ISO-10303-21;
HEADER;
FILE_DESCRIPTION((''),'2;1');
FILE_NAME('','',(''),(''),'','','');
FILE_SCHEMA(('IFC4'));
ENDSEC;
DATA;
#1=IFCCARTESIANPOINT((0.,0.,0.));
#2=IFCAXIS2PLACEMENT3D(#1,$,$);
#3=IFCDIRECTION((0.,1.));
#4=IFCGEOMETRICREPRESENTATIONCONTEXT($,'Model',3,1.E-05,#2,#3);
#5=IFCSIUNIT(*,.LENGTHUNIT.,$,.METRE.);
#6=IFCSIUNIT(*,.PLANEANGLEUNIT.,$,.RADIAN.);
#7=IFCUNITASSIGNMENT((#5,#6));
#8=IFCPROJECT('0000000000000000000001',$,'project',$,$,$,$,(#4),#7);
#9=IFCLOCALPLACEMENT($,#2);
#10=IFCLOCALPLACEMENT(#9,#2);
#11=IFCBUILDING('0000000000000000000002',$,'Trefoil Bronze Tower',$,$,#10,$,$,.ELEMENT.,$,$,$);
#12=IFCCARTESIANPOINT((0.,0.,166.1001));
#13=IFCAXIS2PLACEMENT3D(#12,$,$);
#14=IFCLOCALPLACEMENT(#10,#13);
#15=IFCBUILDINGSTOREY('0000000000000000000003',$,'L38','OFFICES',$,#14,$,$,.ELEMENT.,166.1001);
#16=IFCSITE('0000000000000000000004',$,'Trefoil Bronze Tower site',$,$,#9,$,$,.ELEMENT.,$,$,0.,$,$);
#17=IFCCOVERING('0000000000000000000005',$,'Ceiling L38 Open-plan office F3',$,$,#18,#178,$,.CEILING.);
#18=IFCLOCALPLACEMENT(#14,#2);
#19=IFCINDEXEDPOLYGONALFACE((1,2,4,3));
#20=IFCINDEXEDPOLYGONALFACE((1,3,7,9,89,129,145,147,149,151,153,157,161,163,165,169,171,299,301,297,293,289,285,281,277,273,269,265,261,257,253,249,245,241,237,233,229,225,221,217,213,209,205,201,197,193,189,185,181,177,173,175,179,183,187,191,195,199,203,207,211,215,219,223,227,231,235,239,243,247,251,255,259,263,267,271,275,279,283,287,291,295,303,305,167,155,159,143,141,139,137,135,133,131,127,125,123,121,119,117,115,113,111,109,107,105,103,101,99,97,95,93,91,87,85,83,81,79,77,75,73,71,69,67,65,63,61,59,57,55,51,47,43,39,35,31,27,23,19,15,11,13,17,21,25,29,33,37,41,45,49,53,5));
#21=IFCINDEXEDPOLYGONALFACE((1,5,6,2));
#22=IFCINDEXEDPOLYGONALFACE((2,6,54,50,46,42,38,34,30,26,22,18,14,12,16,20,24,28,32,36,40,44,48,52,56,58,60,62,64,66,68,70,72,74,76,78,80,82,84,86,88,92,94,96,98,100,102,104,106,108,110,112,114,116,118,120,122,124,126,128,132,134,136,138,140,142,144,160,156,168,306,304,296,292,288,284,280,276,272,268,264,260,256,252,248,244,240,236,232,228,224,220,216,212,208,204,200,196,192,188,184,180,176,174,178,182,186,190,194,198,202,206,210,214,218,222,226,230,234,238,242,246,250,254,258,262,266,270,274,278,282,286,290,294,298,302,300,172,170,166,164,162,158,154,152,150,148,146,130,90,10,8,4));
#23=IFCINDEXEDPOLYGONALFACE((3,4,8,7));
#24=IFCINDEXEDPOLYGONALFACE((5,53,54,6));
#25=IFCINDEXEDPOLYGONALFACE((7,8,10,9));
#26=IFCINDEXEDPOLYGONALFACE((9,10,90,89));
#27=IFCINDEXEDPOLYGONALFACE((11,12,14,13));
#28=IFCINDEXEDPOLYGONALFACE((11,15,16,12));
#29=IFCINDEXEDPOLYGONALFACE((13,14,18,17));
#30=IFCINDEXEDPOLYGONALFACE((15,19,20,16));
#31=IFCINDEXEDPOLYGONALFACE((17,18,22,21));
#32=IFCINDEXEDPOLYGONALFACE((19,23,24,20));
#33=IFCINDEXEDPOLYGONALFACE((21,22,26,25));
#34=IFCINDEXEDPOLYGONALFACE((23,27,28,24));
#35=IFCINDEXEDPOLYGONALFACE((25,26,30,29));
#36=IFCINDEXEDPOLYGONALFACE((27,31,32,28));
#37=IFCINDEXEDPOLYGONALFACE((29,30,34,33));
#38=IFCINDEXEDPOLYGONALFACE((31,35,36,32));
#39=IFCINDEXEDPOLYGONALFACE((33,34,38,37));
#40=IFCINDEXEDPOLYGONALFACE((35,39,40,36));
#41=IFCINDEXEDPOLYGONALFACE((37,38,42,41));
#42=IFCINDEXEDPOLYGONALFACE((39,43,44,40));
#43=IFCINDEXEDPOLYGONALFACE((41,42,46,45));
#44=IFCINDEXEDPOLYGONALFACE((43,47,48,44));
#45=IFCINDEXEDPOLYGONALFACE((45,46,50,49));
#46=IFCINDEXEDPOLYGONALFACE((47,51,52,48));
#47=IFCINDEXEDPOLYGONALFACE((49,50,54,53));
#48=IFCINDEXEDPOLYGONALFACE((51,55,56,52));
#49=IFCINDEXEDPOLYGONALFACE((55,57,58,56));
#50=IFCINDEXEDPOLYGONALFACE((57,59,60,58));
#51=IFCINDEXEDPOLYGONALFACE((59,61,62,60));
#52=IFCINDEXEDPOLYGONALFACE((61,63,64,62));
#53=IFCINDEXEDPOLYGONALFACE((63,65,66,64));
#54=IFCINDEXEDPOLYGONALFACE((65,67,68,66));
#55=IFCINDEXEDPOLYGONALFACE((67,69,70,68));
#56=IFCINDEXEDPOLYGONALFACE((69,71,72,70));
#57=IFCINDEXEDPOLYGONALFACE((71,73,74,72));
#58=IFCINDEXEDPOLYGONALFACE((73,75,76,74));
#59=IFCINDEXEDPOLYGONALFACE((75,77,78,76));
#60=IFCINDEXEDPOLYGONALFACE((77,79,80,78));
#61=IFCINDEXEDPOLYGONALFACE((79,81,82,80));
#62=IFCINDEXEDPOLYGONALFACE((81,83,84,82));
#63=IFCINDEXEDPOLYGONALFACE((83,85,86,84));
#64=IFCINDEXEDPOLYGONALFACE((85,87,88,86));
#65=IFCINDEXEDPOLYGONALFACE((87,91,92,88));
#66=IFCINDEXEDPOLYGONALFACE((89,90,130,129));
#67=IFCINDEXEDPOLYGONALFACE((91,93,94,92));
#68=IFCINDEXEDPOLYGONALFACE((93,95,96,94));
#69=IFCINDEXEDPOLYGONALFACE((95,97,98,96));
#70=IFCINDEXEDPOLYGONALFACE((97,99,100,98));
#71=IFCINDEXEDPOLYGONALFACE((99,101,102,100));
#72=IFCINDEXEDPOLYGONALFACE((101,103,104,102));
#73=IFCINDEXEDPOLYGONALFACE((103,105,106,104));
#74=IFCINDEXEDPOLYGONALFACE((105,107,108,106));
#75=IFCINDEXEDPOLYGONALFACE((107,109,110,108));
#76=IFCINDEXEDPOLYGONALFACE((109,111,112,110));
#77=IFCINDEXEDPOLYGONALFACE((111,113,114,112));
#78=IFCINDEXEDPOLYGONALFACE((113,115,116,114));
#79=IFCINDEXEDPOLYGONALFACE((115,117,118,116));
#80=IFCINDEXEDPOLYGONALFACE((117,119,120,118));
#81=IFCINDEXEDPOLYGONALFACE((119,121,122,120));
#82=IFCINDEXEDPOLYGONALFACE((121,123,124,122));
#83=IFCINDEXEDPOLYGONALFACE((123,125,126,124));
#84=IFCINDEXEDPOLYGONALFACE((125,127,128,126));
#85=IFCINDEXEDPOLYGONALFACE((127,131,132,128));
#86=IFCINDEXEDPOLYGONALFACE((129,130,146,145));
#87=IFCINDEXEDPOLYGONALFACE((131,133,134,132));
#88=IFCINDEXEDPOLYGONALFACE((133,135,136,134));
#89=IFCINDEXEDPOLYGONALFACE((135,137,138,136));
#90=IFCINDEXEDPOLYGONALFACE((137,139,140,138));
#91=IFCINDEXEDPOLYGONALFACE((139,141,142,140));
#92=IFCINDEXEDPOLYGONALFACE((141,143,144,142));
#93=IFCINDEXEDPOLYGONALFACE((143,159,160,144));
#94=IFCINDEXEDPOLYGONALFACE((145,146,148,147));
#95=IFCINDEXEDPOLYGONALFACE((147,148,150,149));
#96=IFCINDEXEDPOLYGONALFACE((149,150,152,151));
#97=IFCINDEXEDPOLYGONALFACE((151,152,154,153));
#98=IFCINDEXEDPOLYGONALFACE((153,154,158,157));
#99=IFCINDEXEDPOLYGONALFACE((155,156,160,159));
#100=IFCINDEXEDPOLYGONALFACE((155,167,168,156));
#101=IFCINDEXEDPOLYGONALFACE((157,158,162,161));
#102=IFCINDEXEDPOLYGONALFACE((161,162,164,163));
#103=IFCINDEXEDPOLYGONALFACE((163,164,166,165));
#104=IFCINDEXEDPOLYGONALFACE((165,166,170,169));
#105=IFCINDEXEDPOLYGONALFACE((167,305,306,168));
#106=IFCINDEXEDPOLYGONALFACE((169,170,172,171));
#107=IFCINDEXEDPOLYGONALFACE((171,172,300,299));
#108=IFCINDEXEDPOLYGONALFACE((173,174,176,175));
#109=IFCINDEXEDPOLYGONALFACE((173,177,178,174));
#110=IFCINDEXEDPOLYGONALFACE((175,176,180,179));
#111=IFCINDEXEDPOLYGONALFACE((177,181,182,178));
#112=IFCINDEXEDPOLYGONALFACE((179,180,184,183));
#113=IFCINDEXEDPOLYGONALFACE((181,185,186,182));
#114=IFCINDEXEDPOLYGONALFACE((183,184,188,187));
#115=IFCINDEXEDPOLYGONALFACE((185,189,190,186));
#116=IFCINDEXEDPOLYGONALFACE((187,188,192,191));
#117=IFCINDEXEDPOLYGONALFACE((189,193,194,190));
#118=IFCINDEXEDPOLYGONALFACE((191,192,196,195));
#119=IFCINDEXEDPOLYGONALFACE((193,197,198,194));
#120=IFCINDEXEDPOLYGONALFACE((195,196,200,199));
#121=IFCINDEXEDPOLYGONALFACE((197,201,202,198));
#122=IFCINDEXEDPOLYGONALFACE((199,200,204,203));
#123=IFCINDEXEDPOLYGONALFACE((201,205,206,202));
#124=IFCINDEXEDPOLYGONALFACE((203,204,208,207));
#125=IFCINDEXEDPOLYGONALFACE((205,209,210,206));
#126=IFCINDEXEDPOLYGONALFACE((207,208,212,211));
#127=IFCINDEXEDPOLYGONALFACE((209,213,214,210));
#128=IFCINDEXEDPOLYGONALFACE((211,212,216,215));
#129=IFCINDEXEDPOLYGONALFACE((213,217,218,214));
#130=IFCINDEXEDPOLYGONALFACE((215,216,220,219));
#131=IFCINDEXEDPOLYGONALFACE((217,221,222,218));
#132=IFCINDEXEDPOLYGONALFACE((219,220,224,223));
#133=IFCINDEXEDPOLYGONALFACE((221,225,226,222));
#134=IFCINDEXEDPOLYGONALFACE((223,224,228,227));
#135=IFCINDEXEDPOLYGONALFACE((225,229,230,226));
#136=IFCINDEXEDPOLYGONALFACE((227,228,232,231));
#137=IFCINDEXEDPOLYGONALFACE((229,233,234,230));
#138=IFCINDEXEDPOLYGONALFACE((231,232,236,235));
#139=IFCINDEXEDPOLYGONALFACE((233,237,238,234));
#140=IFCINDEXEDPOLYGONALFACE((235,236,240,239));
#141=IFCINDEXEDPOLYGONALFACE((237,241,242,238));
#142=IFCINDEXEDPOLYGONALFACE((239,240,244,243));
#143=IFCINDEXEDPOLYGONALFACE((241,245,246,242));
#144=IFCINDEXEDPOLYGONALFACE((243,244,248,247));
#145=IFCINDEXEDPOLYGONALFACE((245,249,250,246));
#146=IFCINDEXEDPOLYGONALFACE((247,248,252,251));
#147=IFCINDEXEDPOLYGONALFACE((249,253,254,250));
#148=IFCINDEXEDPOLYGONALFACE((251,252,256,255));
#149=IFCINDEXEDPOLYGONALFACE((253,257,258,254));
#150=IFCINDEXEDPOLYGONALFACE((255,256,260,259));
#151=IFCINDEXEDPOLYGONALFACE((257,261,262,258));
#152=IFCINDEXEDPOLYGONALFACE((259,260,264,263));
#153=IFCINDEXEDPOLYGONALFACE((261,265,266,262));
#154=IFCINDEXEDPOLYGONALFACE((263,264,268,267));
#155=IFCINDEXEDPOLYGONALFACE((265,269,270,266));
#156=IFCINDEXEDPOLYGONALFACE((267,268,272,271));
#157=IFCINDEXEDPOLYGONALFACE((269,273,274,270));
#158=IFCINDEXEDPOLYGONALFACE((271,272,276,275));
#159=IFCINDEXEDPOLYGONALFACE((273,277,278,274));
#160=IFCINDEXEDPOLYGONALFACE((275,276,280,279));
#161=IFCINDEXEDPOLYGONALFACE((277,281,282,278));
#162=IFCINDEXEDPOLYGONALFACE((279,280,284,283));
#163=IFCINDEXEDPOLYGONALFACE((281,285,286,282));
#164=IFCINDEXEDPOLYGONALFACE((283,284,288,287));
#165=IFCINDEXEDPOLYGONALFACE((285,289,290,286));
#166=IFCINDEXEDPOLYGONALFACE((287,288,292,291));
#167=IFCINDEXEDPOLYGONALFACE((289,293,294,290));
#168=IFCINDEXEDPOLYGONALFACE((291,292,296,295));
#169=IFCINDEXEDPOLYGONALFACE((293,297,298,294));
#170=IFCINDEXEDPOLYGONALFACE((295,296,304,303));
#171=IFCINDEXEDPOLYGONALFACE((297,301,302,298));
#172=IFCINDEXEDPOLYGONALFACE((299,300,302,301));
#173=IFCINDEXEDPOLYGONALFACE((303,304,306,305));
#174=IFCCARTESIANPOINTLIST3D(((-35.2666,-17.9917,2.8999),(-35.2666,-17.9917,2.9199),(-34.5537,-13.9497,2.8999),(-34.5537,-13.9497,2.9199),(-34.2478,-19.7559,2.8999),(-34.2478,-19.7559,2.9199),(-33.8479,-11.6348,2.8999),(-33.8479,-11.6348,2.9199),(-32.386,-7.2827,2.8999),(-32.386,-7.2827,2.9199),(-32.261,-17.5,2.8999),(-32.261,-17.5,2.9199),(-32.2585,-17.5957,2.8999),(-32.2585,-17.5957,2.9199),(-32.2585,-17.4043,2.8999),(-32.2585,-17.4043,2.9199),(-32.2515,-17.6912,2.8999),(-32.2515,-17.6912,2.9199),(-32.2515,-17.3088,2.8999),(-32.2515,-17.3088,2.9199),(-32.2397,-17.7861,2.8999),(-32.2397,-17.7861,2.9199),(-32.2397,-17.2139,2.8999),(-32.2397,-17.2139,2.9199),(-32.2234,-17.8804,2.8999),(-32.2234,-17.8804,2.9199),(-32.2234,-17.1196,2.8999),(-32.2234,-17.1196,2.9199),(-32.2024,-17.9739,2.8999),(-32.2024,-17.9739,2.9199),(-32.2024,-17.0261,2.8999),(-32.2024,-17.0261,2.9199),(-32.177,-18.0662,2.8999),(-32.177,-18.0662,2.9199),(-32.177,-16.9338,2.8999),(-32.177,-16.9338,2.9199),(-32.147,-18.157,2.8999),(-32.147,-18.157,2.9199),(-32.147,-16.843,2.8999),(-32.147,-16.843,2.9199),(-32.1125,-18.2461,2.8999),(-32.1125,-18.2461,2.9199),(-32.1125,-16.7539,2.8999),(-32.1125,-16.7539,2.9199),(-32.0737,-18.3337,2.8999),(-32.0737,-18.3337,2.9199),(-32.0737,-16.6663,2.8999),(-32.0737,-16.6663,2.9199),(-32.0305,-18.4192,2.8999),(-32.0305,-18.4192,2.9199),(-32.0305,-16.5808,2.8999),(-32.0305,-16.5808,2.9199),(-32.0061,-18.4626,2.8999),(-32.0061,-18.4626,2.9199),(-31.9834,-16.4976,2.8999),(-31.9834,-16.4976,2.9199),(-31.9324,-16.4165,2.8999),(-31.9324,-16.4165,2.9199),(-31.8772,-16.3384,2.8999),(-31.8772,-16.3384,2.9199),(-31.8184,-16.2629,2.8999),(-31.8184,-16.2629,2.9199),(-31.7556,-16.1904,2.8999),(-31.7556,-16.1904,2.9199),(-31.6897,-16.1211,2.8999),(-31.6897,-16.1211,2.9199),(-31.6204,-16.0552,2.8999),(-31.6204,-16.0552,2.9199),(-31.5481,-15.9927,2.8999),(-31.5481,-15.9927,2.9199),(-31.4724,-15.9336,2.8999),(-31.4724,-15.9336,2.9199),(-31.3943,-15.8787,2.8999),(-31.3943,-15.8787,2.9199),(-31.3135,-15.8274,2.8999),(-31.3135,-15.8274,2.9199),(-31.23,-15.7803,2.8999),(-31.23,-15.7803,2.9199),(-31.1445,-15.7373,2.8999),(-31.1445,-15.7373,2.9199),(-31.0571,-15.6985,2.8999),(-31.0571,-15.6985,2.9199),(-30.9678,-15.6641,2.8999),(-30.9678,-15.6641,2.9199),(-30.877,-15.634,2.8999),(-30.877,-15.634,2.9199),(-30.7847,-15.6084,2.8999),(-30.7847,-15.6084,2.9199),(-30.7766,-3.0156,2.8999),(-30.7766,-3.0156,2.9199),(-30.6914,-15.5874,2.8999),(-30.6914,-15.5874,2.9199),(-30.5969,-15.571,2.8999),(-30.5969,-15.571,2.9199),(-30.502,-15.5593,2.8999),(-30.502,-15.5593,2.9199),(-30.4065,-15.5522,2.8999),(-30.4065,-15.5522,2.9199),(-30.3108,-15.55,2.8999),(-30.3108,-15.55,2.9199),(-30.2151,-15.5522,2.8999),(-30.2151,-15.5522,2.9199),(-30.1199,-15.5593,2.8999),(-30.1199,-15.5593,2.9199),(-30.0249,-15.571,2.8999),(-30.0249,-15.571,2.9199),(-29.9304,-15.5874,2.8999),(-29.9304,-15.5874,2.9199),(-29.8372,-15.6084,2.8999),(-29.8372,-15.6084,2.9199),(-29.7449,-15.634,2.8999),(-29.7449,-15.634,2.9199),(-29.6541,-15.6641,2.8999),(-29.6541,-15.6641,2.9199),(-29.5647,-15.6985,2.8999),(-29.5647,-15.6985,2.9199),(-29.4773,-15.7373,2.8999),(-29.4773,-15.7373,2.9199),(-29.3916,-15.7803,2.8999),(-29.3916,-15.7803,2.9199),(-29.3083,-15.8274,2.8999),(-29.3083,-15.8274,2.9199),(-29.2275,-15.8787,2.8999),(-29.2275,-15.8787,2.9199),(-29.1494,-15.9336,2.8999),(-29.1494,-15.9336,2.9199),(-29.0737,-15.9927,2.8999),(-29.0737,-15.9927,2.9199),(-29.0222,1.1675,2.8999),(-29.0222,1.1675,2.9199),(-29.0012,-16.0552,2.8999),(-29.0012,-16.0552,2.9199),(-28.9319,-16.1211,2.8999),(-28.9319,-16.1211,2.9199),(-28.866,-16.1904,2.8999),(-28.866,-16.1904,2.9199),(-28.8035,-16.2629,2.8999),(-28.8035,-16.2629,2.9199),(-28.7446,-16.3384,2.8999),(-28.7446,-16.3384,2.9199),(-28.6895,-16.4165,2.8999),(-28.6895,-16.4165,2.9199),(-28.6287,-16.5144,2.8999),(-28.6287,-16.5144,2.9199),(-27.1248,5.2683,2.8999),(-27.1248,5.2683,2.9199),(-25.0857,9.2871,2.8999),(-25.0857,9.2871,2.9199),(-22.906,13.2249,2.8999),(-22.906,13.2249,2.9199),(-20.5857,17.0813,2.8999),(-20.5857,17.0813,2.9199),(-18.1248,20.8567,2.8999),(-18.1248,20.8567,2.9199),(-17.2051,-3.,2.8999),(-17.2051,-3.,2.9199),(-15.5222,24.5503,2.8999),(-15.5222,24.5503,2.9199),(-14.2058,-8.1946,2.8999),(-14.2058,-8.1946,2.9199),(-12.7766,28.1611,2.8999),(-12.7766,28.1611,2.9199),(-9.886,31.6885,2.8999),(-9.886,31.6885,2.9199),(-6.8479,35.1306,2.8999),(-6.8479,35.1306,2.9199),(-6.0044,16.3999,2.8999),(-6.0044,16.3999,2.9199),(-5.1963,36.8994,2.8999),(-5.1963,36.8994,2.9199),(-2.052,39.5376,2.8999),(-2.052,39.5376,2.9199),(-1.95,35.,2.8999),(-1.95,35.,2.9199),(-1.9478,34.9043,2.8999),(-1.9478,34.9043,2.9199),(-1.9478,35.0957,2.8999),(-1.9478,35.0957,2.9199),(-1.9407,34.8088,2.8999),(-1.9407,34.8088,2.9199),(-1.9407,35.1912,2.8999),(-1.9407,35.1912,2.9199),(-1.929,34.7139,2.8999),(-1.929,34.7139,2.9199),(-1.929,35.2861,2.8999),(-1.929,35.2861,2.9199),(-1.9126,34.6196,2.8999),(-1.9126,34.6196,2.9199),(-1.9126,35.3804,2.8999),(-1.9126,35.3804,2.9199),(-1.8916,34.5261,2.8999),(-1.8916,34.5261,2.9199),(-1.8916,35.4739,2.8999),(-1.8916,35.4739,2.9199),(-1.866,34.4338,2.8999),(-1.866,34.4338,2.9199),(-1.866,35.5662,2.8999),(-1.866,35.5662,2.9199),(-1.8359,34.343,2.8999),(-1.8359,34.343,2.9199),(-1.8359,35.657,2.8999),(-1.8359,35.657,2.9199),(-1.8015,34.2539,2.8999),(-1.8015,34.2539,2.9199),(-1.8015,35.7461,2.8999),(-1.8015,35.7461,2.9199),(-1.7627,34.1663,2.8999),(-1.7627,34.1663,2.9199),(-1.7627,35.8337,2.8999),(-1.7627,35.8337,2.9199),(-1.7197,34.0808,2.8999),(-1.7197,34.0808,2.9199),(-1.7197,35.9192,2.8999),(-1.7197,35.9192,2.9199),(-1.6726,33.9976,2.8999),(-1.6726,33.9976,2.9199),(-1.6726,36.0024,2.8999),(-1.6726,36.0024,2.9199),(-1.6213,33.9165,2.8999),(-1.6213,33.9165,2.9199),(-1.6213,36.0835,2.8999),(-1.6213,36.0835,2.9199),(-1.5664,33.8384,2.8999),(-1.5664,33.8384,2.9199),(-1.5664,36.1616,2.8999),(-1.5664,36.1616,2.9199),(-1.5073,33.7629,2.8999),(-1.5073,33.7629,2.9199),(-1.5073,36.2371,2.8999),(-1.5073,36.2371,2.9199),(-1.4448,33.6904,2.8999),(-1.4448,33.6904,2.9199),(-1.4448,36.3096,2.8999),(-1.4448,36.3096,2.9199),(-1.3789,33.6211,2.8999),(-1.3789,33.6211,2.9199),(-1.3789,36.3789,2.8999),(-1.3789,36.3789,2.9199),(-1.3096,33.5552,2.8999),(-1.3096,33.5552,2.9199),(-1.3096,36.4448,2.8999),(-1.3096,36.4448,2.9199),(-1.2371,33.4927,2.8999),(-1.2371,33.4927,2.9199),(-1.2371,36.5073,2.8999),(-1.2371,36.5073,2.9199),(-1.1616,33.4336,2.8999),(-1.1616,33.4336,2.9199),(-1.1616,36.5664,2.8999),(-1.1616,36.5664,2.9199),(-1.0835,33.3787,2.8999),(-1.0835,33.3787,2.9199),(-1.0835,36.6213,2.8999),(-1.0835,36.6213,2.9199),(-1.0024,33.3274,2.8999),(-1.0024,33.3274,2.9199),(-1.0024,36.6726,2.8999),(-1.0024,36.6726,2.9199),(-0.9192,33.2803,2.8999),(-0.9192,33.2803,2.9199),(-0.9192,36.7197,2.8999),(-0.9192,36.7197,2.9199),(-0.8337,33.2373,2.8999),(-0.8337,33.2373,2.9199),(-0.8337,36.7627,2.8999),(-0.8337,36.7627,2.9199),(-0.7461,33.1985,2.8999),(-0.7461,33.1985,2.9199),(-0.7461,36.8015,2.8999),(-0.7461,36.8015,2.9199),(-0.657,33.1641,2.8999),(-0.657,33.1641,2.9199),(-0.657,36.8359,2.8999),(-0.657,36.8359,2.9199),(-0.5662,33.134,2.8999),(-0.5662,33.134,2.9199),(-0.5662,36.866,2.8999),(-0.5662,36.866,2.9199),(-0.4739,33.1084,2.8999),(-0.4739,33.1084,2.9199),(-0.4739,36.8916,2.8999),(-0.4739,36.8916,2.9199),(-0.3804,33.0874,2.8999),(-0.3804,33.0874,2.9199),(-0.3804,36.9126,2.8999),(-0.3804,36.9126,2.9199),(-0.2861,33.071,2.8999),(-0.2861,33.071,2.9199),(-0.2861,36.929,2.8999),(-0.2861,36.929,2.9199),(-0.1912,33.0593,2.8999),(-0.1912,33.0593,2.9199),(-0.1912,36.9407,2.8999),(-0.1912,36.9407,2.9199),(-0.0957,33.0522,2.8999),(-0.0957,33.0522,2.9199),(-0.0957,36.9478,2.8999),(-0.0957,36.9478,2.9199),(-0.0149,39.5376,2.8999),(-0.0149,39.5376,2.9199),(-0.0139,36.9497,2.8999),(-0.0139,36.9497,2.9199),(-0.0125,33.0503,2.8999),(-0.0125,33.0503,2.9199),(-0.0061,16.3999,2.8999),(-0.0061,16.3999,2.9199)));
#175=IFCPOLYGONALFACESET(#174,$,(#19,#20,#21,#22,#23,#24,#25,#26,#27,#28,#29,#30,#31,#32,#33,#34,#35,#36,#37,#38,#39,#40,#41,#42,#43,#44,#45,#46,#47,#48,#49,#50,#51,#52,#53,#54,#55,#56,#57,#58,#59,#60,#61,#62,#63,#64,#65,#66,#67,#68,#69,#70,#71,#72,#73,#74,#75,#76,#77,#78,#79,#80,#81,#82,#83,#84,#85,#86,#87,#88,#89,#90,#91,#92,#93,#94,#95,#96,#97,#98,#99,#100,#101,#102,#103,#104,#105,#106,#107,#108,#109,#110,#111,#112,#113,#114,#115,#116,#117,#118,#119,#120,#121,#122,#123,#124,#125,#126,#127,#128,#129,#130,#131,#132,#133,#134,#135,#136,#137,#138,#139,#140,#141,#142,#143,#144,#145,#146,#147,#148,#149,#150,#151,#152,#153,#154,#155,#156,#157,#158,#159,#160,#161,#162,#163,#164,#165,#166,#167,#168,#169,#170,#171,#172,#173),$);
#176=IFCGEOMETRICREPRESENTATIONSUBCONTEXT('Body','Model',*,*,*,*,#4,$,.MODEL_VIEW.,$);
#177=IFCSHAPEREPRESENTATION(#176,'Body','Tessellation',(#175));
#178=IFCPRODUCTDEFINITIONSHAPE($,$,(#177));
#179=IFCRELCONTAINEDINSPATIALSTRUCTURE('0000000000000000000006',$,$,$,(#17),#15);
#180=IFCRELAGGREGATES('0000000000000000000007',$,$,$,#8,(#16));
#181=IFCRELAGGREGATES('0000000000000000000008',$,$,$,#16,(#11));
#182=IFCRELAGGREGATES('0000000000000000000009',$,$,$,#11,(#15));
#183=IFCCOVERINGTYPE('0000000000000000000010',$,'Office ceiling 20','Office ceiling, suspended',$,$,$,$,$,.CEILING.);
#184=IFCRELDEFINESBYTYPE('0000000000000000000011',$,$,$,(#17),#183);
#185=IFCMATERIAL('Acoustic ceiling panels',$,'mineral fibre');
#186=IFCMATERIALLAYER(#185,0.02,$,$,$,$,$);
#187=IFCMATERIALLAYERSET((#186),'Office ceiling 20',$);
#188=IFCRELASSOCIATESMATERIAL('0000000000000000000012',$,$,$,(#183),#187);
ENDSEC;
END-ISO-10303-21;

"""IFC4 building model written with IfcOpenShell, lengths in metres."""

from ifc_helpers import new_model, si_unit, direction, frame, origin, place, context, subcontext, project, spatial, polyline, outline, extrude, material, layer, layer_set, type_object, element, save


model = new_model("IFC4")

# Units and contexts
model_context = context("Model", 3, precision=1e-05, world=origin(), true_north=direction((0.0, 1.0)))
body_context = subcontext(model_context, "Body", "Model", "MODEL_VIEW")
ifc_project = project(units=[si_unit("LENGTHUNIT", "METRE"), si_unit("PLANEANGLEUNIT", "RADIAN")], contexts=[model_context])

# Site, building, storey
site_placement = place(None, origin())
site = spatial("IfcSite", under=ifc_project, at=site_placement, Name="Trefoil Bronze Tower site", CompositionType="ELEMENT", RefElevation=0.0)
building_placement = place(site_placement, origin())
building = spatial("IfcBuilding", under=site, at=building_placement, Name="Trefoil Bronze Tower", CompositionType="ELEMENT")
storey_placement = place(building_placement, frame((0.0, 0.0, 166.1001)))
storey = spatial("IfcBuildingStorey", under=building, at=storey_placement, Name="L38", Description="OFFICES", CompositionType="ELEMENT", Elevation=166.1001)

# Covering
ifc_material_1 = material(Name="Acoustic ceiling panels", Category="mineral fibre")
ifc_layer_1 = layer(ifc_material_1, 0.02)
ifc_layer_set_1 = layer_set([ifc_layer_1], Name="Office ceiling 20")
covering_type_1 = type_object("IfcCoveringType", Name="Office ceiling 20", Description="Office ceiling, suspended", PredefinedType="CEILING", material=ifc_layer_set_1)
covering_1_placement = place(storey_placement, frame((0.0, 0.0, 2.8999)))
element("IfcCovering", 1, at=covering_1_placement, inside=storey, type_object=covering_type_1, Name="Ceiling L38 Open-plan office F3", PredefinedType="CEILING", context=body_context, shape_type="SweptSolid", body=[
    extrude(outline(polyline([(-33.8479, -11.6348), (-32.386, -7.2827), (-30.7766, -3.0156), (-29.0222, 1.1675), (-27.1248, 5.2683), (-25.0857, 9.2871), (-22.906, 13.2249), (-20.5857, 17.0813), (-18.1248, 20.8567), (-15.5222, 24.5503), (-12.7766, 28.1611), (-9.886, 31.6885), (-6.8479, 35.1306), (-5.1963, 36.8994), (-2.052, 39.5376), (-0.0149, 39.5376), (-0.0139, 36.9497), (-0.0957, 36.9478), (-0.1912, 36.9407), (-0.2861, 36.929), (-0.3804, 36.9126), (-0.4739, 36.8916), (-0.5662, 36.866), (-0.657, 36.8359), (-0.7461, 36.8015), (-0.8337, 36.7627), (-0.9192, 36.7197), (-1.0024, 36.6726), (-1.0835, 36.6213), (-1.1616, 36.5664), (-1.2371, 36.5073), (-1.3096, 36.4448), (-1.3789, 36.3789), (-1.4448, 36.3096), (-1.5073, 36.2371), (-1.5664, 36.1616), (-1.6213, 36.0835), (-1.6726, 36.0024), (-1.7197, 35.9192), (-1.7627, 35.8337), (-1.8015, 35.7461), (-1.8359, 35.657), (-1.866, 35.5662), (-1.8916, 35.4739), (-1.9126, 35.3804), (-1.929, 35.2861), (-1.9407, 35.1912), (-1.9478, 35.0957), (-1.95, 35.0), (-1.9478, 34.9043), (-1.9407, 34.8088), (-1.929, 34.7139), (-1.9126, 34.6196), (-1.8916, 34.5261), (-1.866, 34.4338), (-1.8359, 34.343), (-1.8015, 34.2539), (-1.7627, 34.1663), (-1.7197, 34.0808), (-1.6726, 33.9976), (-1.6213, 33.9165), (-1.5664, 33.8384), (-1.5073, 33.7629), (-1.4448, 33.6904), (-1.3789, 33.6211), (-1.3096, 33.5552), (-1.2371, 33.4927), (-1.1616, 33.4336), (-1.0835, 33.3787), (-1.0024, 33.3274), (-0.9192, 33.2803), (-0.8337, 33.2373), (-0.7461, 33.1985), (-0.657, 33.1641), (-0.5662, 33.134), (-0.4739, 33.1084), (-0.3804, 33.0874), (-0.2861, 33.071), (-0.1912, 33.0593), (-0.0957, 33.0522), (-0.0125, 33.0503), (-0.0061, 16.3999), (-6.0044, 16.3999), (-17.2051, -3.0), (-14.2058, -8.1946), (-28.6287, -16.5144), (-28.6895, -16.4165), (-28.7446, -16.3384), (-28.8035, -16.2629), (-28.866, -16.1904), (-28.9319, -16.1211), (-29.0012, -16.0552), (-29.0737, -15.9927), (-29.1494, -15.9336), (-29.2275, -15.8787), (-29.3083, -15.8274), (-29.3916, -15.7803), (-29.4773, -15.7373), (-29.5647, -15.6985), (-29.6541, -15.6641), (-29.7449, -15.634), (-29.8372, -15.6084), (-29.9304, -15.5874), (-30.0249, -15.571), (-30.1199, -15.5593), (-30.2151, -15.5522), (-30.3108, -15.55), (-30.4065, -15.5522), (-30.502, -15.5593), (-30.5969, -15.571), (-30.6914, -15.5874), (-30.7847, -15.6084), (-30.877, -15.634), (-30.9678, -15.6641), (-31.0571, -15.6985), (-31.1445, -15.7373), (-31.23, -15.7803), (-31.3135, -15.8274), (-31.3943, -15.8787), (-31.4724, -15.9336), (-31.5481, -15.9927), (-31.6204, -16.0552), (-31.6897, -16.1211), (-31.7556, -16.1904), (-31.8184, -16.2629), (-31.8772, -16.3384), (-31.9324, -16.4165), (-31.9834, -16.4976), (-32.0305, -16.5808), (-32.0737, -16.6663), (-32.1125, -16.7539), (-32.147, -16.843), (-32.177, -16.9338), (-32.2024, -17.0261), (-32.2234, -17.1196), (-32.2397, -17.2139), (-32.2515, -17.3088), (-32.2585, -17.4043), (-32.261, -17.5), (-32.2585, -17.5957), (-32.2515, -17.6912), (-32.2397, -17.7861), (-32.2234, -17.8804), (-32.2024, -17.9739), (-32.177, -18.0662), (-32.147, -18.157), (-32.1125, -18.2461), (-32.0737, -18.3337), (-32.0305, -18.4192), (-32.0061, -18.4626), (-34.2478, -19.7559), (-35.2666, -17.9917), (-34.5537, -13.9497), (-33.8479, -11.6348)])), origin(), (0.0, 0.0, 1.0), 0.02),
])

save(model, "model.ifc")
